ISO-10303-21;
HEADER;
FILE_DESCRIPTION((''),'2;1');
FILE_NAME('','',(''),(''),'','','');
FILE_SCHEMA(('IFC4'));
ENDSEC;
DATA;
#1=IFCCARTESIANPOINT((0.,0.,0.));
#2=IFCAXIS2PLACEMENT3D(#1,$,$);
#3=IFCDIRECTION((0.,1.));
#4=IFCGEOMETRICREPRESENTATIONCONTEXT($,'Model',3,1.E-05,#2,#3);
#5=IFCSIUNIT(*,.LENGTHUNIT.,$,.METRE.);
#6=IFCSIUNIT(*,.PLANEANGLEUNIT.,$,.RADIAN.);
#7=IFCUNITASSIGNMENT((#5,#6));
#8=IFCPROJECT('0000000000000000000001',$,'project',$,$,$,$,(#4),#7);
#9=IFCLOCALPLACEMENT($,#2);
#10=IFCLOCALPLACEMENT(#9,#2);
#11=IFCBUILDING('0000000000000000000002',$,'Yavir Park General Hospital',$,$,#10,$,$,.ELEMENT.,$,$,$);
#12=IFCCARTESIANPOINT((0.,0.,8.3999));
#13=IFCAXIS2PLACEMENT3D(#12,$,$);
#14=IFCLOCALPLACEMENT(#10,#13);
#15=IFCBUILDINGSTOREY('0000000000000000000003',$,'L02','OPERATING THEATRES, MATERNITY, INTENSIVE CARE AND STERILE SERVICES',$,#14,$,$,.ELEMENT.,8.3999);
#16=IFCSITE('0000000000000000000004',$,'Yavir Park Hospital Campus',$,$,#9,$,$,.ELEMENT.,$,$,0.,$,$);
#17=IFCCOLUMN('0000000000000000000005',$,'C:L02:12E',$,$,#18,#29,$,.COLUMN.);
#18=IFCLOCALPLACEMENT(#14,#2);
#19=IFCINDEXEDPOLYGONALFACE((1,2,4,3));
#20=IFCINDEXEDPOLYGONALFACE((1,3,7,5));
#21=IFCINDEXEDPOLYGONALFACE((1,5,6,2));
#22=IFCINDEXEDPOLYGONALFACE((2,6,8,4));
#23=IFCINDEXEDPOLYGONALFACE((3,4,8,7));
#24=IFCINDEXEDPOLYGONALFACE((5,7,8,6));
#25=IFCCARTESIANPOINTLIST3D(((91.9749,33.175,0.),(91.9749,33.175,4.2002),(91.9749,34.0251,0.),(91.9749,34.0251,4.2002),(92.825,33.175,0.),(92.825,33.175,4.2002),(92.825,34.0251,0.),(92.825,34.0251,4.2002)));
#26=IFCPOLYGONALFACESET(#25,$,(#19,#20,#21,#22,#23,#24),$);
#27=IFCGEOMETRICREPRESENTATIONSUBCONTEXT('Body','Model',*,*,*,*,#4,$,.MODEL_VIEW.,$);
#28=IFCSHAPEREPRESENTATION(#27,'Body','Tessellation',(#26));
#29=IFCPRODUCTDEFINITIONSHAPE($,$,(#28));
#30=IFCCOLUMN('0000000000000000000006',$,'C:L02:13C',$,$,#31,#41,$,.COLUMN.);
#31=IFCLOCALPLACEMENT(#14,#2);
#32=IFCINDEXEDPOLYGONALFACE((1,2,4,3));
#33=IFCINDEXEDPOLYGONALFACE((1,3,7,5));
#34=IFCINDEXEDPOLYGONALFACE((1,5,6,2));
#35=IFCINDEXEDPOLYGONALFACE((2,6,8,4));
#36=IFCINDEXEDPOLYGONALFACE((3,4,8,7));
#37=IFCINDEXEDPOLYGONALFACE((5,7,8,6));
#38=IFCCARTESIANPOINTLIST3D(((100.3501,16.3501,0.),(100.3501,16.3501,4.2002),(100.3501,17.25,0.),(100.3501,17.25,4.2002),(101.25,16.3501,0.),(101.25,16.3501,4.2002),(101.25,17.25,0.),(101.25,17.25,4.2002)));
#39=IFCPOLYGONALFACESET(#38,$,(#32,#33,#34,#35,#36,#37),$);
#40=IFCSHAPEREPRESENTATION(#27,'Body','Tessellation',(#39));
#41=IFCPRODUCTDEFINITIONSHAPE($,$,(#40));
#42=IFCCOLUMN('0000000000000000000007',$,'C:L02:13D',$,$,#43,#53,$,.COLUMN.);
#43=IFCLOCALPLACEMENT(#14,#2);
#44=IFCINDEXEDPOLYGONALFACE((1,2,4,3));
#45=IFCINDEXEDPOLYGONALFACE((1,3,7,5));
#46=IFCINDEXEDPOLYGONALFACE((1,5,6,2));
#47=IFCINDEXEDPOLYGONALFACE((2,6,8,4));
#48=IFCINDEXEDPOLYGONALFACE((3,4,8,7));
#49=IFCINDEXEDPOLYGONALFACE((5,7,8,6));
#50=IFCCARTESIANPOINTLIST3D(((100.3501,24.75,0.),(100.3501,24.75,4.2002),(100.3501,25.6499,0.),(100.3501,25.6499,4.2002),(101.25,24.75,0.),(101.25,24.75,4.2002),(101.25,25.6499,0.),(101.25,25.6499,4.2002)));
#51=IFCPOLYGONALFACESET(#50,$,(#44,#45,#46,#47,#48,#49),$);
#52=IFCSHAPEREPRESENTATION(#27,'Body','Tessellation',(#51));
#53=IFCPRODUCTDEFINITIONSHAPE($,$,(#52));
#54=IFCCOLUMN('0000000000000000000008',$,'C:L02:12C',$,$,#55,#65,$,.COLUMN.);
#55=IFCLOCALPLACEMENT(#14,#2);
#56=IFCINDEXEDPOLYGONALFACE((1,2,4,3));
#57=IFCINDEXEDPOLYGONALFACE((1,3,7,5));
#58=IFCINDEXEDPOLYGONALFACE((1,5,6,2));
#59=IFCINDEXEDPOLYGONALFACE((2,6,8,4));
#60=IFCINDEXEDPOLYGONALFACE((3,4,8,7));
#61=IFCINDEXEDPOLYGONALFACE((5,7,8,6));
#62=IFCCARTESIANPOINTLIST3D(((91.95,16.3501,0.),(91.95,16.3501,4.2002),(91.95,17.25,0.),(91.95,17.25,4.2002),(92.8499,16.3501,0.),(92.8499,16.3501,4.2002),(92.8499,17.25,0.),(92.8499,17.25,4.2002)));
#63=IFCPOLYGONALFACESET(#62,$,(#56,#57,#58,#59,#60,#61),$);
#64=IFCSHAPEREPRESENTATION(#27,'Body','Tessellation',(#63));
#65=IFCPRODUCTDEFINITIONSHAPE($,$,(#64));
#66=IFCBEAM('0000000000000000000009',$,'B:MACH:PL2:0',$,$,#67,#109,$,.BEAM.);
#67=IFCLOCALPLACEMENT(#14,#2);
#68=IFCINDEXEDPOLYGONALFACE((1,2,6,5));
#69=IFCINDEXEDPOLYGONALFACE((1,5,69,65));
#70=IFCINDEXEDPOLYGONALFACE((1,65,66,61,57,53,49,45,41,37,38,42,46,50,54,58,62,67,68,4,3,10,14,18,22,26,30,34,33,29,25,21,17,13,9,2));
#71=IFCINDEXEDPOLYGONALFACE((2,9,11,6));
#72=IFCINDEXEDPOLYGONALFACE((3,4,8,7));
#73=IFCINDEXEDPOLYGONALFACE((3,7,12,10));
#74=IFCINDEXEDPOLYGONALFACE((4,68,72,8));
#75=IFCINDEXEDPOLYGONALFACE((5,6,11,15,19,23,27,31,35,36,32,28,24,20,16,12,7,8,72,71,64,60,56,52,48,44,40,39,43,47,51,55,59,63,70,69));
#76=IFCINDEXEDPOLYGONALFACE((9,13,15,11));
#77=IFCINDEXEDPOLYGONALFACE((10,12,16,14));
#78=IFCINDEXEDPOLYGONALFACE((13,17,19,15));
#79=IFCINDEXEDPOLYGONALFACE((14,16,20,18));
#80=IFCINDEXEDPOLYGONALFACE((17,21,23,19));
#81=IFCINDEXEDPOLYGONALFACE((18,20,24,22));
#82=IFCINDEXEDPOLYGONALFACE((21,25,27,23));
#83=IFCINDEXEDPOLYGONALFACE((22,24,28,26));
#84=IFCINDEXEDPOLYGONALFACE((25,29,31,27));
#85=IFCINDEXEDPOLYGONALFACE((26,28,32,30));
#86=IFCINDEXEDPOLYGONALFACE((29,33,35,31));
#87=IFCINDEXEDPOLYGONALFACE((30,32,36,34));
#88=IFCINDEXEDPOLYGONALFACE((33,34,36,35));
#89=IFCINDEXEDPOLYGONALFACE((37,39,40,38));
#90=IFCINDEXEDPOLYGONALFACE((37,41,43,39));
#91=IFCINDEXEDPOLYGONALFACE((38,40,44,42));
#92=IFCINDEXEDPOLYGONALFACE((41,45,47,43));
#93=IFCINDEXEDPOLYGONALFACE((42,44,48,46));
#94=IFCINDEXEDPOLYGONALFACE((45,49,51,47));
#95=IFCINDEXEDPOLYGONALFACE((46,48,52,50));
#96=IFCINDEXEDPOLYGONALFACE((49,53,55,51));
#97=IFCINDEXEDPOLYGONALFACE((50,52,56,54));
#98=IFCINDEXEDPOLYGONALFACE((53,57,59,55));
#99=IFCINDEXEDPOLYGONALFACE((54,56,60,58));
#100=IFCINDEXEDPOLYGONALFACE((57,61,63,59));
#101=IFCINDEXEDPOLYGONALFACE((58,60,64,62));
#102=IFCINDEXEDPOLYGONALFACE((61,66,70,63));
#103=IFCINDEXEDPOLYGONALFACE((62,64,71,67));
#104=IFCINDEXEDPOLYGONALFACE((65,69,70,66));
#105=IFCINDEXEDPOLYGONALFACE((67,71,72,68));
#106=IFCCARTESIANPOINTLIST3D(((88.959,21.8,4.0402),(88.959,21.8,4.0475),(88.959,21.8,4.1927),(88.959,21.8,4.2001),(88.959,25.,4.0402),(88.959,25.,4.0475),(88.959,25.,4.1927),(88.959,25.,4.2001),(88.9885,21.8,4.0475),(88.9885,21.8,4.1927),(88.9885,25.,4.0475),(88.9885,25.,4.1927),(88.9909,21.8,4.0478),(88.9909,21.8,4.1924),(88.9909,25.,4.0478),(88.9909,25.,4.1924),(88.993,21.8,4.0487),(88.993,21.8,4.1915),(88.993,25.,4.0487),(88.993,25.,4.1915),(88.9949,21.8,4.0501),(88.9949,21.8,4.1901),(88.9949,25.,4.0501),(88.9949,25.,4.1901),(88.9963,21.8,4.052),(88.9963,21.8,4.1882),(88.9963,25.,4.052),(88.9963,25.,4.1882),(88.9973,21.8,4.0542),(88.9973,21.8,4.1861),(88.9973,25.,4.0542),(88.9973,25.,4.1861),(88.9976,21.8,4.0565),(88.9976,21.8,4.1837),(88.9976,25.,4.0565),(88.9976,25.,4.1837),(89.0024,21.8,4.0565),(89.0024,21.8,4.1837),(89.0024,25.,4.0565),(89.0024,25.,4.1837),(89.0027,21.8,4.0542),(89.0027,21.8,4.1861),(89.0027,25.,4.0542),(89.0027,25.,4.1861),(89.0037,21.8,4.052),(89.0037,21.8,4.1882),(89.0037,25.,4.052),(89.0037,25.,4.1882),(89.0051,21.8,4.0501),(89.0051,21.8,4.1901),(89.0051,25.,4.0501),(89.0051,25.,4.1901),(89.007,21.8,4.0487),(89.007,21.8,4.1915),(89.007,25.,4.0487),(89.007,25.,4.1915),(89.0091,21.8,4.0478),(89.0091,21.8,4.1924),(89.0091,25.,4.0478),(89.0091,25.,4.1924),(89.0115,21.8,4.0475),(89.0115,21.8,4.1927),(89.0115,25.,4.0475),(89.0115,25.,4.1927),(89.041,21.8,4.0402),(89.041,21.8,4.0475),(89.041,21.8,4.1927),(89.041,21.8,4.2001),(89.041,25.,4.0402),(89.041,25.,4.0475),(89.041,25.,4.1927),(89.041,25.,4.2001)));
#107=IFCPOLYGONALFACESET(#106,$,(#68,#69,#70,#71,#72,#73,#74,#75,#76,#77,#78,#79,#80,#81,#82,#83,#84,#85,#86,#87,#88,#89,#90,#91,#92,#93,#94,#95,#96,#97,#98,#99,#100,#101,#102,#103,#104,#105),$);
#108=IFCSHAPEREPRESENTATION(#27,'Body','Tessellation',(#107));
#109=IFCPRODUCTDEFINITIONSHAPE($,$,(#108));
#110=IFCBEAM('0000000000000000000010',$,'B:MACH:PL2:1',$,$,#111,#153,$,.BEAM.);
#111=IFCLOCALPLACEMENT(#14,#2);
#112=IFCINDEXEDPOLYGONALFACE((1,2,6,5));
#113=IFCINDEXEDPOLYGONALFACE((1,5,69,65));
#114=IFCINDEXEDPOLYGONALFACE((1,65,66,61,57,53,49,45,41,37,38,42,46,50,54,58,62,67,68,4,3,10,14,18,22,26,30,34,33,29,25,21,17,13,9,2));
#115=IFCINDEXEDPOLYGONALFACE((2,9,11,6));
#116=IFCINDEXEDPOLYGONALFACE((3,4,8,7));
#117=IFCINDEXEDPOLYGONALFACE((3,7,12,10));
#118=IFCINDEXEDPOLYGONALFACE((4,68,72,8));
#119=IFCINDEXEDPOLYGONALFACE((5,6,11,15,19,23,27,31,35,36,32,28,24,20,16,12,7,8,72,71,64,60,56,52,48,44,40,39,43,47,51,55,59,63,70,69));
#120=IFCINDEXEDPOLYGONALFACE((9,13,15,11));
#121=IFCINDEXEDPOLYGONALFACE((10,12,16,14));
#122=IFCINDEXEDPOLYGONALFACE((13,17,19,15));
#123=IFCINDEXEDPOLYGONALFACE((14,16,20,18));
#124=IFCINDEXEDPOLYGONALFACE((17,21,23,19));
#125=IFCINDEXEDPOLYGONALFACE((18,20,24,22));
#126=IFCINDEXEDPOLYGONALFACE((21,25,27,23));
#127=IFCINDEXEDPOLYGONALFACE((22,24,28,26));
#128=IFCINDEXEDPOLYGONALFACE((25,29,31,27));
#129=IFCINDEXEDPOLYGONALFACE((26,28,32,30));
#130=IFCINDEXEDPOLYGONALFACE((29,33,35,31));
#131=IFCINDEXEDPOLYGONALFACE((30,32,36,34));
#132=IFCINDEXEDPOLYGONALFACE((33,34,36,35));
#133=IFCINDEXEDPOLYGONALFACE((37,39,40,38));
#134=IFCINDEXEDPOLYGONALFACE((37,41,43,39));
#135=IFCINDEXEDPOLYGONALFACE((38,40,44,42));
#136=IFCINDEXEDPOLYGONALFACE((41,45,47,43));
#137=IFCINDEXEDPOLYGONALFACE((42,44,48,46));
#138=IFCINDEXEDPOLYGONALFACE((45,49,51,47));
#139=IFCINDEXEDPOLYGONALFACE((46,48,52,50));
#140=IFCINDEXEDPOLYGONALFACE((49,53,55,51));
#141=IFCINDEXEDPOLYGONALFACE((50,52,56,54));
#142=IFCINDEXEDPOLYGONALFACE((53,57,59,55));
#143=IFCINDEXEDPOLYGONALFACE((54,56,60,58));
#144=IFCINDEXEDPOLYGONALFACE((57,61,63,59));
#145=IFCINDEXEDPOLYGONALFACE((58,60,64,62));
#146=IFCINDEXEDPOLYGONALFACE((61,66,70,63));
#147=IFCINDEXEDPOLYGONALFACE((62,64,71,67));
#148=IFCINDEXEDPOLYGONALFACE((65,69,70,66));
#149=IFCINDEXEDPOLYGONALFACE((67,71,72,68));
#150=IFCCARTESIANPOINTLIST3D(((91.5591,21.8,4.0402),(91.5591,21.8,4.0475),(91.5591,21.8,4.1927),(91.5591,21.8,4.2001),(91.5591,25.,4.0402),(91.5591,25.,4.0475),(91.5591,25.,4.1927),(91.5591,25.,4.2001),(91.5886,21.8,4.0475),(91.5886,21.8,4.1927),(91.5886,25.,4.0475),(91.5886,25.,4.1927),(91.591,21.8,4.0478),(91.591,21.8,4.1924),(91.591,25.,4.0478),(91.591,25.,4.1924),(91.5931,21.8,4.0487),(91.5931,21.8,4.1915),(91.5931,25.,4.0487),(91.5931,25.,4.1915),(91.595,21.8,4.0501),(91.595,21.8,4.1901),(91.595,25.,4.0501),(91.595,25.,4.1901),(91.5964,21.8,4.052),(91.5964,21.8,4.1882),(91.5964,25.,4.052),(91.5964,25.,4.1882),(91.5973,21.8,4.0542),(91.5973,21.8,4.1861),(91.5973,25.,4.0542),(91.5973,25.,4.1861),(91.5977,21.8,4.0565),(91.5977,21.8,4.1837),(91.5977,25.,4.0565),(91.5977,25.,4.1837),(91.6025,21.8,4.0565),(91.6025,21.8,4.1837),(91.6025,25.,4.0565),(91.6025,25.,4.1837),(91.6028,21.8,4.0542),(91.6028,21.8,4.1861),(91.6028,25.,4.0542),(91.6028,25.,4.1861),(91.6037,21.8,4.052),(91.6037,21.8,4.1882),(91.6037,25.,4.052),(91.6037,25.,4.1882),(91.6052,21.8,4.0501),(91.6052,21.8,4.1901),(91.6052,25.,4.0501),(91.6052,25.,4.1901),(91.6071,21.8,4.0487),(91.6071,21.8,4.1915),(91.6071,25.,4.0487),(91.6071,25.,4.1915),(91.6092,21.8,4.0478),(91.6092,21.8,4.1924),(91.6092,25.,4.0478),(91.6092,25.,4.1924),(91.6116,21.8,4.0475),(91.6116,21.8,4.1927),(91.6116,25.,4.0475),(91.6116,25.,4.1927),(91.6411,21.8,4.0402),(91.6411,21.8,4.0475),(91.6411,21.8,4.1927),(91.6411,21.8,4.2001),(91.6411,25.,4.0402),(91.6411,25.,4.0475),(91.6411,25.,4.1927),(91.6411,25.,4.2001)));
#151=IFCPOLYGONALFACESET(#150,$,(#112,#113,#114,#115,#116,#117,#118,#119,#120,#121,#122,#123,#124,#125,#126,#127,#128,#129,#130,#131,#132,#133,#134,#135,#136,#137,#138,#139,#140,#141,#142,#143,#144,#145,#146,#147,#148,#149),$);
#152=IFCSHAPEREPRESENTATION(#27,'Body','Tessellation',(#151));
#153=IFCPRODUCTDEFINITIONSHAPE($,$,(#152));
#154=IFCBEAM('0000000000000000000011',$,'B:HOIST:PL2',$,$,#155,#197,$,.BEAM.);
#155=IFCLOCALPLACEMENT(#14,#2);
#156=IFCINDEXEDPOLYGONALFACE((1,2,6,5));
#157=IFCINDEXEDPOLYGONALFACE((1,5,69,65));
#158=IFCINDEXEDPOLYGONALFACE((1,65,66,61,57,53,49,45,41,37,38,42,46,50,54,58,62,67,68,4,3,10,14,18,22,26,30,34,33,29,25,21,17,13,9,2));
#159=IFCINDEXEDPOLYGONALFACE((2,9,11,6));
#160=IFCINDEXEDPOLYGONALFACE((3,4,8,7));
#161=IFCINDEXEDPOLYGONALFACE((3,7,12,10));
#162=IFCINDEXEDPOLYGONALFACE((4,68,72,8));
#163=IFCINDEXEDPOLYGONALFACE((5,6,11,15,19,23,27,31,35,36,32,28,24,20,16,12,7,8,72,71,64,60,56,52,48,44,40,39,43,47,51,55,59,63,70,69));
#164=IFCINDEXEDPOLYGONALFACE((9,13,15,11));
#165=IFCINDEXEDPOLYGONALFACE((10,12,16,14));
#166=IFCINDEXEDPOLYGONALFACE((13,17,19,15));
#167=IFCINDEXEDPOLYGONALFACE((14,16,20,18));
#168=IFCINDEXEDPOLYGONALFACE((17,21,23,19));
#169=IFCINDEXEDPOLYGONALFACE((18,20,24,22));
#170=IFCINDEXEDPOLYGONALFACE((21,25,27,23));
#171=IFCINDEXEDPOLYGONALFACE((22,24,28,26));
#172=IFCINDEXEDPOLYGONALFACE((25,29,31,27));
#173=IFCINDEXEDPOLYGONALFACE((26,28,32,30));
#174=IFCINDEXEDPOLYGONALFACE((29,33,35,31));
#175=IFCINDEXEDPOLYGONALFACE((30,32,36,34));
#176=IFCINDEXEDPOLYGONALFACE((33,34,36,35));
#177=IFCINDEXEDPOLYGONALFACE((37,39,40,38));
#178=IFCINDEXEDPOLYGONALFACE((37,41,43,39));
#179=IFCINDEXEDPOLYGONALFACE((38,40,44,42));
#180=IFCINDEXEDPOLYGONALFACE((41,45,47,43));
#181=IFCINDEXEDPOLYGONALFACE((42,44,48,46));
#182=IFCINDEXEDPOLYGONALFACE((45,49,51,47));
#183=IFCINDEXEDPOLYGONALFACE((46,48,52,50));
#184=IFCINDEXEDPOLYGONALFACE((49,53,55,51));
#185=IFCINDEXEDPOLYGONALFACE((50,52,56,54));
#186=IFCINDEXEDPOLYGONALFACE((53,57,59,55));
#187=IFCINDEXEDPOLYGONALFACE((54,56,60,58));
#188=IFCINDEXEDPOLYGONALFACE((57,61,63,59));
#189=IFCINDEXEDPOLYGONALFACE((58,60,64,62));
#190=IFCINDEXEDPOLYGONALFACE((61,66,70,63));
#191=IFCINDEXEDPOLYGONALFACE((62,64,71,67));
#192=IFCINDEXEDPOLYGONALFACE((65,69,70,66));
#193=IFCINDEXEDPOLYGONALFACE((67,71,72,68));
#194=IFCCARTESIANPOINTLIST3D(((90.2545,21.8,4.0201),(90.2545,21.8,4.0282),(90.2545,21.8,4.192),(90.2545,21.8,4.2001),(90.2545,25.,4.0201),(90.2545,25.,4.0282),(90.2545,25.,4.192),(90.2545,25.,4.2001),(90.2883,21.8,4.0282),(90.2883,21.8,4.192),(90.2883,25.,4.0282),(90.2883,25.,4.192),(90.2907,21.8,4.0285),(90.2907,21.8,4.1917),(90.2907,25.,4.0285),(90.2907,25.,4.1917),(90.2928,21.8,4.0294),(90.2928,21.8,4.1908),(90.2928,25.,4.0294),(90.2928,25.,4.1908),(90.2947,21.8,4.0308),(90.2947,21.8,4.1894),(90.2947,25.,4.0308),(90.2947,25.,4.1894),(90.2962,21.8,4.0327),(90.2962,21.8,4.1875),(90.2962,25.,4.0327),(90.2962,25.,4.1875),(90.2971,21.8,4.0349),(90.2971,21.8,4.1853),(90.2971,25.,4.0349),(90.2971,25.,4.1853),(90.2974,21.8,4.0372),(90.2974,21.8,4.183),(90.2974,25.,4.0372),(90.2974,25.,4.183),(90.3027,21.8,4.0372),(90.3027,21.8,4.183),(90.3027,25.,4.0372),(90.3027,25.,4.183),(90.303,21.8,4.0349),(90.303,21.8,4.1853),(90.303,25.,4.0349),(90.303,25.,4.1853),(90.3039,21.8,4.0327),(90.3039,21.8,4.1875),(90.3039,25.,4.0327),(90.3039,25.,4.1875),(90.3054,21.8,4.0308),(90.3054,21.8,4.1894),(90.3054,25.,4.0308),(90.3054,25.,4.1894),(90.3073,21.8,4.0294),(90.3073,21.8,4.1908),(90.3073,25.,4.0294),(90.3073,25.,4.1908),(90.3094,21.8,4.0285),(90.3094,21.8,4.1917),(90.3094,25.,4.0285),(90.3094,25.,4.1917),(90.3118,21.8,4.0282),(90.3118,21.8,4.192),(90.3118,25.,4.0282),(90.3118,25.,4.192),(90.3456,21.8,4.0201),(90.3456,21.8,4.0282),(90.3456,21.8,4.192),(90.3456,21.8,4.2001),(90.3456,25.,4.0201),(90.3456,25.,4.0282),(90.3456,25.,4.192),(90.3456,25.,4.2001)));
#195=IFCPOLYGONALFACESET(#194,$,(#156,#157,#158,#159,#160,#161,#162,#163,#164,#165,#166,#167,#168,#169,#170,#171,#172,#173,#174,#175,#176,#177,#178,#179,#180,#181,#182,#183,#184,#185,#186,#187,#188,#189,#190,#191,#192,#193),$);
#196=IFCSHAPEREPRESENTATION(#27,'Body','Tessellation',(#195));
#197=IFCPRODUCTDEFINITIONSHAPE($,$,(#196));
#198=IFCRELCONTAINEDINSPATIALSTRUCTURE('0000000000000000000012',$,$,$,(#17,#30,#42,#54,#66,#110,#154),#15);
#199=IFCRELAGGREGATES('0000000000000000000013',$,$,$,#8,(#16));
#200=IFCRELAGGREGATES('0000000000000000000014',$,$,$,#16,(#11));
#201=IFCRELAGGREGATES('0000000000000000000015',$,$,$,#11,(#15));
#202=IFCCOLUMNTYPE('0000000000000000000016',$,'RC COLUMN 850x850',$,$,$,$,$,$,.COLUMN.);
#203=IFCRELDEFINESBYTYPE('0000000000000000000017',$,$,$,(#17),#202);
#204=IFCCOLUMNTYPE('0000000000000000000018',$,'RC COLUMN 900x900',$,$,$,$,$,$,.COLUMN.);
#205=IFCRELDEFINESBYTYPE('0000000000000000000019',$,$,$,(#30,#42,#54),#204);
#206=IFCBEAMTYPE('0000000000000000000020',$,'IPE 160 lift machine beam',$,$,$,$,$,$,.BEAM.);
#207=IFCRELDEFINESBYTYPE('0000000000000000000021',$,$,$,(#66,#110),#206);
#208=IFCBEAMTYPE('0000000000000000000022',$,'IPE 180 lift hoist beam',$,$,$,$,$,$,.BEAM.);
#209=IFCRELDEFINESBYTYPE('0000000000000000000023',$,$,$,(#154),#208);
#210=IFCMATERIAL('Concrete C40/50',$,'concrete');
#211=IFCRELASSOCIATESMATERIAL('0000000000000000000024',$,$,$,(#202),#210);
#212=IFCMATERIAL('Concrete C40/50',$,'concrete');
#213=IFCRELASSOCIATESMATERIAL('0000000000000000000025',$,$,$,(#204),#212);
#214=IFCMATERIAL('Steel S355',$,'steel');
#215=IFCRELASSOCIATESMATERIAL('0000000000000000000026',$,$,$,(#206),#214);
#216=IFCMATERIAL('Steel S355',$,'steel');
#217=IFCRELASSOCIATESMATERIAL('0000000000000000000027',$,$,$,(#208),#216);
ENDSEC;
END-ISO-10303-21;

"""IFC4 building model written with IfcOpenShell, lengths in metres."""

from ifc_helpers import new_model, si_unit, direction, frame, origin, origin_2d, place, context, subcontext, project, spatial, rectangle, i_section, extrude, material, material_profile, profile_set, type_object, element, save


model = new_model("IFC4")

# Units and contexts
model_context = context("Model", 3, precision=1e-05, world=origin(), true_north=direction((0.0, 1.0)))
body_context = subcontext(model_context, "Body", "Model", "MODEL_VIEW")
ifc_project = project(units=[si_unit("LENGTHUNIT", "METRE"), si_unit("PLANEANGLEUNIT", "RADIAN")], contexts=[model_context])

# Site, building, storey
site_placement = place(None, origin())
site = spatial("IfcSite", under=ifc_project, at=site_placement, Name="Yavir Park Hospital Campus", CompositionType="ELEMENT", RefElevation=0.0)
building_placement = place(site_placement, origin())
building = spatial("IfcBuilding", under=site, at=building_placement, Name="Yavir Park General Hospital", CompositionType="ELEMENT")
storey_placement = place(building_placement, frame((0.0, 0.0, 8.3999)))
storey = spatial("IfcBuildingStorey", under=building, at=storey_placement, Name="L02", Description="OPERATING THEATRES, MATERNITY, INTENSIVE CARE AND STERILE SERVICES", CompositionType="ELEMENT", Elevation=8.3999)

# Columns
ifc_material_1 = material(Name="Concrete C40/50", Category="concrete")
ifc_material_profile_1 = material_profile(ifc_material_1, rectangle(XDim=0.8501, YDim=0.8501, at=origin_2d()), Name="RC850x850")
ifc_profile_set_1 = profile_set([ifc_material_profile_1], Name="Concrete C40/50")
column_type_1 = type_object("IfcColumnType", Name="RC COLUMN 850x850", PredefinedType="COLUMN", material=ifc_profile_set_1)
column_placement = place(storey_placement, frame((92.3999, 33.6001, 0.0), z_axis=(0.0, 0.0, 1.0), x_axis=(1.0, 0.0, 0.0)))
element("IfcColumn", 1, at=column_placement, inside=storey, type_object=column_type_1, Name="C:L02:12E", PredefinedType="COLUMN", context=body_context, shape_type="SweptSolid", body=[
    extrude(rectangle(XDim=0.8501, YDim=0.8501, at=origin_2d()), origin(), (0.0, 0.0, 1.0), 4.2002),
])
ifc_material_2 = material(Name="Concrete C40/50", Category="concrete")
ifc_material_profile_2 = material_profile(ifc_material_2, rectangle(XDim=0.8999, YDim=0.8999, at=origin_2d()), Name="RC900x900")
ifc_profile_set_2 = profile_set([ifc_material_profile_2], Name="Concrete C40/50")
column_type_2 = type_object("IfcColumnType", Name="RC COLUMN 900x900", PredefinedType="COLUMN", material=ifc_profile_set_2)
for number, where, z_axis, x_axis, name in (
    (2, (100.8, 16.8, 0.0), (0.0, 0.0, 1.0), (1.0, 0.0, 0.0), "C:L02:13C"),
    (3, (100.8, 25.2, 0.0), (0.0, 0.0, 1.0), (1.0, 0.0, 0.0), "C:L02:13D"),
    (4, (92.3999, 16.8, 0.0), (0.0, 0.0, 1.0), (1.0, 0.0, 0.0), "C:L02:12C"),
):
    element("IfcColumn", number, at=place(storey_placement, frame(where, z_axis=z_axis, x_axis=x_axis)), inside=storey, type_object=column_type_2, Name=name, PredefinedType="COLUMN", context=body_context, shape_type="SweptSolid", body=[
        extrude(rectangle(XDim=0.8999, YDim=0.8999, at=origin_2d()), origin(), (0.0, 0.0, 1.0), 4.2002),
    ])

# Beams
ifc_material_3 = material(Name="Steel S355", Category="steel")
ifc_material_profile_3 = material_profile(ifc_material_3, i_section(OverallWidth=0.082, OverallDepth=0.1599, WebThickness=0.0049, FlangeThickness=0.0073, FilletRadius=0.009, at=origin_2d()), Name="IPE160")
ifc_profile_set_3 = profile_set([ifc_material_profile_3], Name="Steel S355")
beam_type_1 = type_object("IfcBeamType", Name="IPE 160 lift machine beam", PredefinedType="BEAM", material=ifc_profile_set_3)
for number, where, z_axis, x_axis, name in (
    (5, (89.0, 21.8, 4.1201), (0.0, 1.0, 0.0), (-1.0, 0.0, 0.0), "B:MACH:PL2:0"),
    (6, (91.6001, 21.8, 4.1201), (0.0, 1.0, 0.0), (-1.0, 0.0, 0.0), "B:MACH:PL2:1"),
):
    element("IfcBeam", number, at=place(storey_placement, frame(where, z_axis=z_axis, x_axis=x_axis)), inside=storey, type_object=beam_type_1, Name=name, PredefinedType="BEAM", context=body_context, shape_type="SweptSolid", body=[
        extrude(i_section(OverallWidth=0.082, OverallDepth=0.1599, WebThickness=0.0049, FlangeThickness=0.0073, FilletRadius=0.009, at=origin_2d()), origin(), (0.0, 0.0, 1.0), 3.2),
    ])
ifc_material_4 = material(Name="Steel S355", Category="steel")
ifc_material_profile_4 = material_profile(ifc_material_4, i_section(OverallWidth=0.0911, OverallDepth=0.1799, WebThickness=0.0054, FlangeThickness=0.0081, FilletRadius=0.009, at=origin_2d()), Name="IPE180")
ifc_profile_set_4 = profile_set([ifc_material_profile_4], Name="Steel S355")
beam_type_2 = type_object("IfcBeamType", Name="IPE 180 lift hoist beam", PredefinedType="BEAM", material=ifc_profile_set_4)
beam_1_placement = place(storey_placement, frame((90.3, 21.8, 4.1101), z_axis=(0.0, 1.0, 0.0), x_axis=(-1.0, 0.0, 0.0)))
element("IfcBeam", 7, at=beam_1_placement, inside=storey, type_object=beam_type_2, Name="B:HOIST:PL2", PredefinedType="BEAM", context=body_context, shape_type="SweptSolid", body=[
    extrude(i_section(OverallWidth=0.0911, OverallDepth=0.1799, WebThickness=0.0054, FlangeThickness=0.0081, FilletRadius=0.009, at=origin_2d()), origin(), (0.0, 0.0, 1.0), 3.2),
])

save(model, "model.ifc")
